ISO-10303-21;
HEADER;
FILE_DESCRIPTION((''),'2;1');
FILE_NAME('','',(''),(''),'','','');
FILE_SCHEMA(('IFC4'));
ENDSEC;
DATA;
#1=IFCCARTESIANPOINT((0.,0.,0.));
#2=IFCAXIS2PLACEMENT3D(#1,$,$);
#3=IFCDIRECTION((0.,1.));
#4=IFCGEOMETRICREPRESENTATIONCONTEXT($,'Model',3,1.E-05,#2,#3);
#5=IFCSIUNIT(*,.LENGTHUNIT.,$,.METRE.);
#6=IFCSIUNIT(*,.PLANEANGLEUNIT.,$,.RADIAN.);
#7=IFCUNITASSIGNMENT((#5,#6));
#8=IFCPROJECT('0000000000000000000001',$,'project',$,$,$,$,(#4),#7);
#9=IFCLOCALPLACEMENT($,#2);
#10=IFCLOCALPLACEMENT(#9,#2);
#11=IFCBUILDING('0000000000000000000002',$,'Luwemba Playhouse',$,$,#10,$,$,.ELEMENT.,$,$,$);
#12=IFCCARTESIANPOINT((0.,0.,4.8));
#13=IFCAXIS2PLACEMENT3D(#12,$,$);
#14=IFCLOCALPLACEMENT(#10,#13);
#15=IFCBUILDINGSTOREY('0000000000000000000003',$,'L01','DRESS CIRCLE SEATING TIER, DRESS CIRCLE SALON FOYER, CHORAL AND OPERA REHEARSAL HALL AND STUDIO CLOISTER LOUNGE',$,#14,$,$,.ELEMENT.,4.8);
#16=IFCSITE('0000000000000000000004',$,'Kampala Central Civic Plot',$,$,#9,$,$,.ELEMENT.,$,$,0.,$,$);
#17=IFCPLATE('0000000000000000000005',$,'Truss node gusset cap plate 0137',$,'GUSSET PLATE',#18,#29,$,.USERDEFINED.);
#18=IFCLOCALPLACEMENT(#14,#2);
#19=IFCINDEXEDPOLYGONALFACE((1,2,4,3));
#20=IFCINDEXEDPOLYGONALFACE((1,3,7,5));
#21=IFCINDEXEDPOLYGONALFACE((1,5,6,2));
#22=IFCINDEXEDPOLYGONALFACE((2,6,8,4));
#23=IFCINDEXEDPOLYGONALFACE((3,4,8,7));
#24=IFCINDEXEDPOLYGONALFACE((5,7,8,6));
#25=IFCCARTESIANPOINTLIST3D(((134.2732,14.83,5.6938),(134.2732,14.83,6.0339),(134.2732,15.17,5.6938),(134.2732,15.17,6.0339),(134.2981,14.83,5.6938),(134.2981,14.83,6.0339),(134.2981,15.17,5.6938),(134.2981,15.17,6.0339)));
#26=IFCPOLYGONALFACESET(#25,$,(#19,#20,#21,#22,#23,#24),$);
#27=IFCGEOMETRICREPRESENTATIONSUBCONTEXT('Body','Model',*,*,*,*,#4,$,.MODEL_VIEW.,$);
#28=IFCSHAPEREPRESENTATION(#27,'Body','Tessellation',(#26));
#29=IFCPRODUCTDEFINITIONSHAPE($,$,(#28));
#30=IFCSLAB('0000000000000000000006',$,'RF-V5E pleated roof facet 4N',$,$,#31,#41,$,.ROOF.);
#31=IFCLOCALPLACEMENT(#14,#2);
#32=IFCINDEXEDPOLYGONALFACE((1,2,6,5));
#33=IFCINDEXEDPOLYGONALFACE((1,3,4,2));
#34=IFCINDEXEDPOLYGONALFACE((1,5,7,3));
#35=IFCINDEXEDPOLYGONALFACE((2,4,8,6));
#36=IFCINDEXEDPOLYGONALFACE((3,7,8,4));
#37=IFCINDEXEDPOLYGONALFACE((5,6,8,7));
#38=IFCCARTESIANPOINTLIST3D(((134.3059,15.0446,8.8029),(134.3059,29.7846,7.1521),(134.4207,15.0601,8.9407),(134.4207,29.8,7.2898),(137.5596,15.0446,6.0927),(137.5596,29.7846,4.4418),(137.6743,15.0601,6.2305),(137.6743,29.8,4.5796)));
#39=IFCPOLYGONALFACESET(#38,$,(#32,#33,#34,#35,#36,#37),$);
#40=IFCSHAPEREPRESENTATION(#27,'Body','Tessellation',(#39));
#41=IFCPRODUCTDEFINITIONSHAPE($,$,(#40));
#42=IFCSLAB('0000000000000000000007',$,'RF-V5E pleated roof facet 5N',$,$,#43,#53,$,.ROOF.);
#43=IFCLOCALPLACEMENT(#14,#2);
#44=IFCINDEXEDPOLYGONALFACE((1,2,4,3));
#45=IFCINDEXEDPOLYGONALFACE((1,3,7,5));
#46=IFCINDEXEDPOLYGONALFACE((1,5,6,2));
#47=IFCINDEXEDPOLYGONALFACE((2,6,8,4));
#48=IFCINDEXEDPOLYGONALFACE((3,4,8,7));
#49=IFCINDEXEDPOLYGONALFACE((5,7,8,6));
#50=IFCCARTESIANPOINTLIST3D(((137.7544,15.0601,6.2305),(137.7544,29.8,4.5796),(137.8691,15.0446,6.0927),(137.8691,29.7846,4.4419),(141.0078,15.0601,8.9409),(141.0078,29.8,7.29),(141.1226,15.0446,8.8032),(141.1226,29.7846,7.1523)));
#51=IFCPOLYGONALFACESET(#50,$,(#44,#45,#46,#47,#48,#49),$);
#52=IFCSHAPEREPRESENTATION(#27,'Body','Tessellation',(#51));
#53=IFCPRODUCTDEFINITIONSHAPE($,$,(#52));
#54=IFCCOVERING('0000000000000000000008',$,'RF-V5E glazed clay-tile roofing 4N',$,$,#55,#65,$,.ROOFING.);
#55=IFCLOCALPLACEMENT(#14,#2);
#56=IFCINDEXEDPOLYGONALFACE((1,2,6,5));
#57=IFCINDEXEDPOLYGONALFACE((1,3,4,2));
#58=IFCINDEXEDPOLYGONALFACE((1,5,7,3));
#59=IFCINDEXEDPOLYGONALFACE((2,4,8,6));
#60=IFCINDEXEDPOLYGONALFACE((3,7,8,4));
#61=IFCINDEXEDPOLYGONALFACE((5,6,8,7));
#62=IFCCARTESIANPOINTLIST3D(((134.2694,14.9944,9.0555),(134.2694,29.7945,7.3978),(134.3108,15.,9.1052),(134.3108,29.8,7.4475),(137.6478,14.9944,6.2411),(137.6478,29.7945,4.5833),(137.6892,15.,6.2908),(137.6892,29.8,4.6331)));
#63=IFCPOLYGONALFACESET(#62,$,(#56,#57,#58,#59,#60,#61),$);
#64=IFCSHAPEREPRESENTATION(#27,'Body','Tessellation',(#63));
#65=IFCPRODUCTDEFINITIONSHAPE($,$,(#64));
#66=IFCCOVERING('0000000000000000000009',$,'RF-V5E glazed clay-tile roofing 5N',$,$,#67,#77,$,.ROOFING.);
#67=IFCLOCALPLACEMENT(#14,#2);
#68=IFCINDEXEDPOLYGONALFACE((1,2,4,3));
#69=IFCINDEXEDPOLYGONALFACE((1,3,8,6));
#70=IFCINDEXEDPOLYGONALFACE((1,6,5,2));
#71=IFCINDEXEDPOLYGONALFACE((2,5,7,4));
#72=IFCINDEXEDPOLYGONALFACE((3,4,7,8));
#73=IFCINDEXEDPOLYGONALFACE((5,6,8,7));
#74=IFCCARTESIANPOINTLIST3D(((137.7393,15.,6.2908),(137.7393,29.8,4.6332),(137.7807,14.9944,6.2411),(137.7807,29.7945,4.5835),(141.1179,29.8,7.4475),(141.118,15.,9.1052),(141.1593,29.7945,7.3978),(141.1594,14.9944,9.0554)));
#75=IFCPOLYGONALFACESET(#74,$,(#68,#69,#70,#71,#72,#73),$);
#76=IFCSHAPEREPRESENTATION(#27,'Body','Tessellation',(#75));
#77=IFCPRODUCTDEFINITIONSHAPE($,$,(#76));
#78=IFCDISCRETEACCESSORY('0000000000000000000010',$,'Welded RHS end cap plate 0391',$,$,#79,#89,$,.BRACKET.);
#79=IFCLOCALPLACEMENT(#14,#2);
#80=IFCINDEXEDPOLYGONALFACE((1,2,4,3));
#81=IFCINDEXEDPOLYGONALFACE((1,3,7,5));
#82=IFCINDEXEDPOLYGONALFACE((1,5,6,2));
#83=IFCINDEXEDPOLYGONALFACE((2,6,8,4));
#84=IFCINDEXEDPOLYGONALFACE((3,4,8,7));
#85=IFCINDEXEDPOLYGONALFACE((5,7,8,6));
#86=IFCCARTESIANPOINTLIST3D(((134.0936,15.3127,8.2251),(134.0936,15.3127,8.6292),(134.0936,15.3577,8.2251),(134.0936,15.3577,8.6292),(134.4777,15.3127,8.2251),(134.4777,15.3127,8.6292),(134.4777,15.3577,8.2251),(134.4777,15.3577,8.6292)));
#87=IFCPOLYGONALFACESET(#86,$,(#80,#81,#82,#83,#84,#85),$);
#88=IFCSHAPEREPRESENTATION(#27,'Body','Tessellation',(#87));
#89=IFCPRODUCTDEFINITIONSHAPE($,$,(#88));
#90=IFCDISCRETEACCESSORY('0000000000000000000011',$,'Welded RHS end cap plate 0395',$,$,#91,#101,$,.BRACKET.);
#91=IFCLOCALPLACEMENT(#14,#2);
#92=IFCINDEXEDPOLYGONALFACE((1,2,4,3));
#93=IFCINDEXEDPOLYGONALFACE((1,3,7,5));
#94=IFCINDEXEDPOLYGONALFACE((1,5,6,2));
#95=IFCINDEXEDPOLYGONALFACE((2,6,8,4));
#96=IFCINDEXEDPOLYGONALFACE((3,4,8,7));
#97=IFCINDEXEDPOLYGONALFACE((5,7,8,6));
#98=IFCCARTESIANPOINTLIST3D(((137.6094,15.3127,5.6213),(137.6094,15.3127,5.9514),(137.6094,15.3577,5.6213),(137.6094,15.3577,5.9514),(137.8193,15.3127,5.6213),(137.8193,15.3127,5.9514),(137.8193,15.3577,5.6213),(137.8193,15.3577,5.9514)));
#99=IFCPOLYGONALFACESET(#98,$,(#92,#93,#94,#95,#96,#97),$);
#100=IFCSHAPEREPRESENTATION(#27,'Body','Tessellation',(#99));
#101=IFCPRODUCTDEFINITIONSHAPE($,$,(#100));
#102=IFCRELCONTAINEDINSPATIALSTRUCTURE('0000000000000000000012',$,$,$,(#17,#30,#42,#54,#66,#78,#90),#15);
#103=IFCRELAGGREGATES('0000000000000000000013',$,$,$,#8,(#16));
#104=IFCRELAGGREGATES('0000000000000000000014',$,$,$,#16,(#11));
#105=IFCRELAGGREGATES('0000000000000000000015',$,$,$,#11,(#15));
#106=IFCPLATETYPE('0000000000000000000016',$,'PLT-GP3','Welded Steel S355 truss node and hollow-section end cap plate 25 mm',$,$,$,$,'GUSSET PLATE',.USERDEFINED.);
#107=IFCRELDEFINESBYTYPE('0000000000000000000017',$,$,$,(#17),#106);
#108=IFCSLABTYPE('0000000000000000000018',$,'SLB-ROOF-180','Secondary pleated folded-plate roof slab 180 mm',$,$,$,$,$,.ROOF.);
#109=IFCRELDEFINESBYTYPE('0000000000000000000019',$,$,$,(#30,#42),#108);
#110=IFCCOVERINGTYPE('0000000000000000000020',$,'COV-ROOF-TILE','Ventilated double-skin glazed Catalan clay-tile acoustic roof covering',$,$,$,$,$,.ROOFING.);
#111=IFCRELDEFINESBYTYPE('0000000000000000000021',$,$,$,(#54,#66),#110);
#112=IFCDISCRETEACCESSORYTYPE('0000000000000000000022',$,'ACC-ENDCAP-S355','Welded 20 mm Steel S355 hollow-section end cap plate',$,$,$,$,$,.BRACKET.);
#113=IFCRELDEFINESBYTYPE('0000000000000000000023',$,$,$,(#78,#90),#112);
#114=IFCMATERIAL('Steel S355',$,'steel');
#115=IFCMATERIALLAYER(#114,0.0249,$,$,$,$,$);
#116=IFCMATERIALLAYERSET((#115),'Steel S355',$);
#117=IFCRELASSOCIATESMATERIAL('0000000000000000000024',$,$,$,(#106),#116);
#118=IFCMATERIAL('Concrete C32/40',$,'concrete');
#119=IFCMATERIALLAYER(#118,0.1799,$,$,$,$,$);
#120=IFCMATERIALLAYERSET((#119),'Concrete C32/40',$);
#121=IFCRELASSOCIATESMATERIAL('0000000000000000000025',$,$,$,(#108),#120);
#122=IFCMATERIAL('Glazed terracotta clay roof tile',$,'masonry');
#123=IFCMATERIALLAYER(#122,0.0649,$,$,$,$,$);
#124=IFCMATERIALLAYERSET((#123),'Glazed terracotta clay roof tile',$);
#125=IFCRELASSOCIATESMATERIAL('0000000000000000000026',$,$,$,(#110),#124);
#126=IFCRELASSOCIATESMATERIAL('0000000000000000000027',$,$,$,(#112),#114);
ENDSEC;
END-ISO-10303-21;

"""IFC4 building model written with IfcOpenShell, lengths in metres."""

from ifc_helpers import new_model, si_unit, direction, frame, origin, origin_2d, place, context, subcontext, project, spatial, polyline, rectangle, outline, extrude, material, layer, layer_set, type_object, element, save


model = new_model("IFC4")

# Units and contexts
model_context = context("Model", 3, precision=1e-05, world=origin(), true_north=direction((0.0, 1.0)))
body_context = subcontext(model_context, "Body", "Model", "MODEL_VIEW")
ifc_project = project(units=[si_unit("LENGTHUNIT", "METRE"), si_unit("PLANEANGLEUNIT", "RADIAN")], contexts=[model_context])

# Site, building, storey
site_placement = place(None, origin())
site = spatial("IfcSite", under=ifc_project, at=site_placement, Name="Kampala Central Civic Plot", CompositionType="ELEMENT", RefElevation=0.0)
building_placement = place(site_placement, origin())
building = spatial("IfcBuilding", under=site, at=building_placement, Name="Luwemba Playhouse", CompositionType="ELEMENT")
storey_placement = place(building_placement, frame((0.0, 0.0, 4.8)))
storey = spatial("IfcBuildingStorey", under=building, at=storey_placement, Name="L01", Description="DRESS CIRCLE SEATING TIER, DRESS CIRCLE SALON FOYER, CHORAL AND OPERA REHEARSAL HALL AND STUDIO CLOISTER LOUNGE", CompositionType="ELEMENT", Elevation=4.8)

# Shared definitions
ifc_material_1 = material(Name="Steel S355", Category="steel")

# Plate
ifc_layer_1 = layer(ifc_material_1, 0.0249)
ifc_layer_set_1 = layer_set([ifc_layer_1], Name="Steel S355")
plate_type_1 = type_object("IfcPlateType", Name="PLT-GP3", Description="Welded Steel S355 truss node and hollow-section end cap plate 25 mm", ElementType="GUSSET PLATE", PredefinedType="USERDEFINED", material=ifc_layer_set_1)
plate_1_placement = place(storey_placement, frame((134.2856, 15.0, 5.6938), z_axis=(0.0, 0.0, 1.0), x_axis=(1.0, 0.0, 0.0)))
element("IfcPlate", 1, at=plate_1_placement, inside=storey, type_object=plate_type_1, Name="Truss node gusset cap plate 0137", ObjectType="GUSSET PLATE", PredefinedType="USERDEFINED", context=body_context, shape_type="SweptSolid", body=[
    extrude(rectangle(XDim=0.0249, YDim=0.3401, at=origin_2d()), origin(), (0.0, 0.0, 1.0), 0.3401),
])

# Slabs
ifc_material_2 = material(Name="Concrete C32/40", Category="concrete")
ifc_layer_2 = layer(ifc_material_2, 0.1799)
ifc_layer_set_2 = layer_set([ifc_layer_2], Name="Concrete C32/40")
slab_type = type_object("IfcSlabType", Name="SLB-ROOF-180", Description="Secondary pleated folded-plate roof slab 180 mm", PredefinedType="ROOF", material=ifc_layer_set_2)
slab_1_placement = place(storey_placement, frame((134.4207, 15.0601, 8.9407), z_axis=(0.637663, 0.085739, 0.765529), x_axis=(0.768358, 0.0, -0.64002)))
element("IfcSlab", 2, at=slab_1_placement, inside=storey, type_object=slab_type, Name="RF-V5E pleated roof facet 4N", PredefinedType="ROOF", context=body_context, shape_type="SweptSolid", body=[
    extrude(outline(polyline([(0.0, 0.0), (4.2346, 0.0), (5.2912, 14.7945), (1.0566, 14.7945), (0.0, 0.0)])), origin(), (0.0, 0.0, -1.0), 0.1799),
])
slab_2_placement = place(storey_placement, frame((137.7544, 15.0601, 6.2305), z_axis=(-0.637726, 0.085733, 0.765478), x_axis=(0.768306, 0.0, 0.640082)))
element("IfcSlab", 3, at=slab_2_placement, inside=storey, type_object=slab_type, Name="RF-V5E pleated roof facet 5N", PredefinedType="ROOF", context=body_context, shape_type="SweptSolid", body=[
    extrude(outline(polyline([(0.0, 0.0), (4.2345, 0.0), (3.1778, 14.7945), (-1.0567, 14.7945), (0.0, 0.0)])), origin(), (0.0, 0.0, -1.0), 0.1799),
])

# Coverings
ifc_material_3 = material(Name="Glazed terracotta clay roof tile", Category="masonry")
ifc_layer_3 = layer(ifc_material_3, 0.0649)
ifc_layer_set_3 = layer_set([ifc_layer_3], Name="Glazed terracotta clay roof tile")
covering_type = type_object("IfcCoveringType", Name="COV-ROOF-TILE", Description="Ventilated double-skin glazed Catalan clay-tile acoustic roof covering", PredefinedType="ROOFING", material=ifc_layer_set_3)
covering_1_placement = place(storey_placement, frame((134.3108, 15.0, 9.1052), z_axis=(0.637707, 0.085741, 0.765492), x_axis=(0.768321, 0.0, -0.640064)))
element("IfcCovering", 4, at=covering_1_placement, inside=storey, type_object=covering_type, Name="RF-V5E glazed clay-tile roofing 4N", PredefinedType="ROOFING", context=body_context, shape_type="SweptSolid", body=[
    extrude(outline(polyline([(0.0, 0.0), (4.3971, 0.0), (5.4582, 14.8548), (1.061, 14.8548), (0.0, 0.0)])), origin(), (0.0, 0.0, -1.0), 0.0649),
])
covering_2_placement = place(storey_placement, frame((137.7393, 15.0, 6.2908), z_axis=(-0.637664, 0.085739, 0.765528), x_axis=(0.768358, -0.000002, 0.640021)))
element("IfcCovering", 5, at=covering_2_placement, inside=storey, type_object=covering_type, Name="RF-V5E glazed clay-tile roofing 5N", PredefinedType="ROOFING", context=body_context, shape_type="SweptSolid", body=[
    extrude(outline(polyline([(0.0, 0.0), (4.3973, 0.0), (3.3363, 14.8548), (-1.0608, 14.8547), (0.0, 0.0)])), origin(), (0.0, 0.0, -1.0), 0.0649),
])

# Discrete accessories
discrete_accessory_type = type_object("IfcDiscreteAccessoryType", Name="ACC-ENDCAP-S355", Description="Welded 20 mm Steel S355 hollow-section end cap plate", PredefinedType="BRACKET", material=ifc_material_1)
discrete_accessory_1_placement = place(storey_placement, frame((134.2856, 15.3352, 8.2251), z_axis=(0.0, 0.0, 1.0), x_axis=(1.0, 0.0, 0.0)))
element("IfcDiscreteAccessory", 6, at=discrete_accessory_1_placement, inside=storey, type_object=discrete_accessory_type, Name="Welded RHS end cap plate 0391", PredefinedType="BRACKET", context=body_context, shape_type="SweptSolid", body=[
    extrude(rectangle(XDim=0.384, YDim=0.0449, at=origin_2d()), origin(), (0.0, 0.0, 1.0), 0.4041),
])
discrete_accessory_2_placement = place(storey_placement, frame((137.7144, 15.3352, 5.6213), z_axis=(0.0, 0.0, 1.0), x_axis=(1.0, 0.0, 0.0)))
element("IfcDiscreteAccessory", 7, at=discrete_accessory_2_placement, inside=storey, type_object=discrete_accessory_type, Name="Welded RHS end cap plate 0395", PredefinedType="BRACKET", context=body_context, shape_type="SweptSolid", body=[
    extrude(rectangle(XDim=0.21, YDim=0.0449, at=origin_2d()), origin(), (0.0, 0.0, 1.0), 0.3301),
])

save(model, "model.ifc")
